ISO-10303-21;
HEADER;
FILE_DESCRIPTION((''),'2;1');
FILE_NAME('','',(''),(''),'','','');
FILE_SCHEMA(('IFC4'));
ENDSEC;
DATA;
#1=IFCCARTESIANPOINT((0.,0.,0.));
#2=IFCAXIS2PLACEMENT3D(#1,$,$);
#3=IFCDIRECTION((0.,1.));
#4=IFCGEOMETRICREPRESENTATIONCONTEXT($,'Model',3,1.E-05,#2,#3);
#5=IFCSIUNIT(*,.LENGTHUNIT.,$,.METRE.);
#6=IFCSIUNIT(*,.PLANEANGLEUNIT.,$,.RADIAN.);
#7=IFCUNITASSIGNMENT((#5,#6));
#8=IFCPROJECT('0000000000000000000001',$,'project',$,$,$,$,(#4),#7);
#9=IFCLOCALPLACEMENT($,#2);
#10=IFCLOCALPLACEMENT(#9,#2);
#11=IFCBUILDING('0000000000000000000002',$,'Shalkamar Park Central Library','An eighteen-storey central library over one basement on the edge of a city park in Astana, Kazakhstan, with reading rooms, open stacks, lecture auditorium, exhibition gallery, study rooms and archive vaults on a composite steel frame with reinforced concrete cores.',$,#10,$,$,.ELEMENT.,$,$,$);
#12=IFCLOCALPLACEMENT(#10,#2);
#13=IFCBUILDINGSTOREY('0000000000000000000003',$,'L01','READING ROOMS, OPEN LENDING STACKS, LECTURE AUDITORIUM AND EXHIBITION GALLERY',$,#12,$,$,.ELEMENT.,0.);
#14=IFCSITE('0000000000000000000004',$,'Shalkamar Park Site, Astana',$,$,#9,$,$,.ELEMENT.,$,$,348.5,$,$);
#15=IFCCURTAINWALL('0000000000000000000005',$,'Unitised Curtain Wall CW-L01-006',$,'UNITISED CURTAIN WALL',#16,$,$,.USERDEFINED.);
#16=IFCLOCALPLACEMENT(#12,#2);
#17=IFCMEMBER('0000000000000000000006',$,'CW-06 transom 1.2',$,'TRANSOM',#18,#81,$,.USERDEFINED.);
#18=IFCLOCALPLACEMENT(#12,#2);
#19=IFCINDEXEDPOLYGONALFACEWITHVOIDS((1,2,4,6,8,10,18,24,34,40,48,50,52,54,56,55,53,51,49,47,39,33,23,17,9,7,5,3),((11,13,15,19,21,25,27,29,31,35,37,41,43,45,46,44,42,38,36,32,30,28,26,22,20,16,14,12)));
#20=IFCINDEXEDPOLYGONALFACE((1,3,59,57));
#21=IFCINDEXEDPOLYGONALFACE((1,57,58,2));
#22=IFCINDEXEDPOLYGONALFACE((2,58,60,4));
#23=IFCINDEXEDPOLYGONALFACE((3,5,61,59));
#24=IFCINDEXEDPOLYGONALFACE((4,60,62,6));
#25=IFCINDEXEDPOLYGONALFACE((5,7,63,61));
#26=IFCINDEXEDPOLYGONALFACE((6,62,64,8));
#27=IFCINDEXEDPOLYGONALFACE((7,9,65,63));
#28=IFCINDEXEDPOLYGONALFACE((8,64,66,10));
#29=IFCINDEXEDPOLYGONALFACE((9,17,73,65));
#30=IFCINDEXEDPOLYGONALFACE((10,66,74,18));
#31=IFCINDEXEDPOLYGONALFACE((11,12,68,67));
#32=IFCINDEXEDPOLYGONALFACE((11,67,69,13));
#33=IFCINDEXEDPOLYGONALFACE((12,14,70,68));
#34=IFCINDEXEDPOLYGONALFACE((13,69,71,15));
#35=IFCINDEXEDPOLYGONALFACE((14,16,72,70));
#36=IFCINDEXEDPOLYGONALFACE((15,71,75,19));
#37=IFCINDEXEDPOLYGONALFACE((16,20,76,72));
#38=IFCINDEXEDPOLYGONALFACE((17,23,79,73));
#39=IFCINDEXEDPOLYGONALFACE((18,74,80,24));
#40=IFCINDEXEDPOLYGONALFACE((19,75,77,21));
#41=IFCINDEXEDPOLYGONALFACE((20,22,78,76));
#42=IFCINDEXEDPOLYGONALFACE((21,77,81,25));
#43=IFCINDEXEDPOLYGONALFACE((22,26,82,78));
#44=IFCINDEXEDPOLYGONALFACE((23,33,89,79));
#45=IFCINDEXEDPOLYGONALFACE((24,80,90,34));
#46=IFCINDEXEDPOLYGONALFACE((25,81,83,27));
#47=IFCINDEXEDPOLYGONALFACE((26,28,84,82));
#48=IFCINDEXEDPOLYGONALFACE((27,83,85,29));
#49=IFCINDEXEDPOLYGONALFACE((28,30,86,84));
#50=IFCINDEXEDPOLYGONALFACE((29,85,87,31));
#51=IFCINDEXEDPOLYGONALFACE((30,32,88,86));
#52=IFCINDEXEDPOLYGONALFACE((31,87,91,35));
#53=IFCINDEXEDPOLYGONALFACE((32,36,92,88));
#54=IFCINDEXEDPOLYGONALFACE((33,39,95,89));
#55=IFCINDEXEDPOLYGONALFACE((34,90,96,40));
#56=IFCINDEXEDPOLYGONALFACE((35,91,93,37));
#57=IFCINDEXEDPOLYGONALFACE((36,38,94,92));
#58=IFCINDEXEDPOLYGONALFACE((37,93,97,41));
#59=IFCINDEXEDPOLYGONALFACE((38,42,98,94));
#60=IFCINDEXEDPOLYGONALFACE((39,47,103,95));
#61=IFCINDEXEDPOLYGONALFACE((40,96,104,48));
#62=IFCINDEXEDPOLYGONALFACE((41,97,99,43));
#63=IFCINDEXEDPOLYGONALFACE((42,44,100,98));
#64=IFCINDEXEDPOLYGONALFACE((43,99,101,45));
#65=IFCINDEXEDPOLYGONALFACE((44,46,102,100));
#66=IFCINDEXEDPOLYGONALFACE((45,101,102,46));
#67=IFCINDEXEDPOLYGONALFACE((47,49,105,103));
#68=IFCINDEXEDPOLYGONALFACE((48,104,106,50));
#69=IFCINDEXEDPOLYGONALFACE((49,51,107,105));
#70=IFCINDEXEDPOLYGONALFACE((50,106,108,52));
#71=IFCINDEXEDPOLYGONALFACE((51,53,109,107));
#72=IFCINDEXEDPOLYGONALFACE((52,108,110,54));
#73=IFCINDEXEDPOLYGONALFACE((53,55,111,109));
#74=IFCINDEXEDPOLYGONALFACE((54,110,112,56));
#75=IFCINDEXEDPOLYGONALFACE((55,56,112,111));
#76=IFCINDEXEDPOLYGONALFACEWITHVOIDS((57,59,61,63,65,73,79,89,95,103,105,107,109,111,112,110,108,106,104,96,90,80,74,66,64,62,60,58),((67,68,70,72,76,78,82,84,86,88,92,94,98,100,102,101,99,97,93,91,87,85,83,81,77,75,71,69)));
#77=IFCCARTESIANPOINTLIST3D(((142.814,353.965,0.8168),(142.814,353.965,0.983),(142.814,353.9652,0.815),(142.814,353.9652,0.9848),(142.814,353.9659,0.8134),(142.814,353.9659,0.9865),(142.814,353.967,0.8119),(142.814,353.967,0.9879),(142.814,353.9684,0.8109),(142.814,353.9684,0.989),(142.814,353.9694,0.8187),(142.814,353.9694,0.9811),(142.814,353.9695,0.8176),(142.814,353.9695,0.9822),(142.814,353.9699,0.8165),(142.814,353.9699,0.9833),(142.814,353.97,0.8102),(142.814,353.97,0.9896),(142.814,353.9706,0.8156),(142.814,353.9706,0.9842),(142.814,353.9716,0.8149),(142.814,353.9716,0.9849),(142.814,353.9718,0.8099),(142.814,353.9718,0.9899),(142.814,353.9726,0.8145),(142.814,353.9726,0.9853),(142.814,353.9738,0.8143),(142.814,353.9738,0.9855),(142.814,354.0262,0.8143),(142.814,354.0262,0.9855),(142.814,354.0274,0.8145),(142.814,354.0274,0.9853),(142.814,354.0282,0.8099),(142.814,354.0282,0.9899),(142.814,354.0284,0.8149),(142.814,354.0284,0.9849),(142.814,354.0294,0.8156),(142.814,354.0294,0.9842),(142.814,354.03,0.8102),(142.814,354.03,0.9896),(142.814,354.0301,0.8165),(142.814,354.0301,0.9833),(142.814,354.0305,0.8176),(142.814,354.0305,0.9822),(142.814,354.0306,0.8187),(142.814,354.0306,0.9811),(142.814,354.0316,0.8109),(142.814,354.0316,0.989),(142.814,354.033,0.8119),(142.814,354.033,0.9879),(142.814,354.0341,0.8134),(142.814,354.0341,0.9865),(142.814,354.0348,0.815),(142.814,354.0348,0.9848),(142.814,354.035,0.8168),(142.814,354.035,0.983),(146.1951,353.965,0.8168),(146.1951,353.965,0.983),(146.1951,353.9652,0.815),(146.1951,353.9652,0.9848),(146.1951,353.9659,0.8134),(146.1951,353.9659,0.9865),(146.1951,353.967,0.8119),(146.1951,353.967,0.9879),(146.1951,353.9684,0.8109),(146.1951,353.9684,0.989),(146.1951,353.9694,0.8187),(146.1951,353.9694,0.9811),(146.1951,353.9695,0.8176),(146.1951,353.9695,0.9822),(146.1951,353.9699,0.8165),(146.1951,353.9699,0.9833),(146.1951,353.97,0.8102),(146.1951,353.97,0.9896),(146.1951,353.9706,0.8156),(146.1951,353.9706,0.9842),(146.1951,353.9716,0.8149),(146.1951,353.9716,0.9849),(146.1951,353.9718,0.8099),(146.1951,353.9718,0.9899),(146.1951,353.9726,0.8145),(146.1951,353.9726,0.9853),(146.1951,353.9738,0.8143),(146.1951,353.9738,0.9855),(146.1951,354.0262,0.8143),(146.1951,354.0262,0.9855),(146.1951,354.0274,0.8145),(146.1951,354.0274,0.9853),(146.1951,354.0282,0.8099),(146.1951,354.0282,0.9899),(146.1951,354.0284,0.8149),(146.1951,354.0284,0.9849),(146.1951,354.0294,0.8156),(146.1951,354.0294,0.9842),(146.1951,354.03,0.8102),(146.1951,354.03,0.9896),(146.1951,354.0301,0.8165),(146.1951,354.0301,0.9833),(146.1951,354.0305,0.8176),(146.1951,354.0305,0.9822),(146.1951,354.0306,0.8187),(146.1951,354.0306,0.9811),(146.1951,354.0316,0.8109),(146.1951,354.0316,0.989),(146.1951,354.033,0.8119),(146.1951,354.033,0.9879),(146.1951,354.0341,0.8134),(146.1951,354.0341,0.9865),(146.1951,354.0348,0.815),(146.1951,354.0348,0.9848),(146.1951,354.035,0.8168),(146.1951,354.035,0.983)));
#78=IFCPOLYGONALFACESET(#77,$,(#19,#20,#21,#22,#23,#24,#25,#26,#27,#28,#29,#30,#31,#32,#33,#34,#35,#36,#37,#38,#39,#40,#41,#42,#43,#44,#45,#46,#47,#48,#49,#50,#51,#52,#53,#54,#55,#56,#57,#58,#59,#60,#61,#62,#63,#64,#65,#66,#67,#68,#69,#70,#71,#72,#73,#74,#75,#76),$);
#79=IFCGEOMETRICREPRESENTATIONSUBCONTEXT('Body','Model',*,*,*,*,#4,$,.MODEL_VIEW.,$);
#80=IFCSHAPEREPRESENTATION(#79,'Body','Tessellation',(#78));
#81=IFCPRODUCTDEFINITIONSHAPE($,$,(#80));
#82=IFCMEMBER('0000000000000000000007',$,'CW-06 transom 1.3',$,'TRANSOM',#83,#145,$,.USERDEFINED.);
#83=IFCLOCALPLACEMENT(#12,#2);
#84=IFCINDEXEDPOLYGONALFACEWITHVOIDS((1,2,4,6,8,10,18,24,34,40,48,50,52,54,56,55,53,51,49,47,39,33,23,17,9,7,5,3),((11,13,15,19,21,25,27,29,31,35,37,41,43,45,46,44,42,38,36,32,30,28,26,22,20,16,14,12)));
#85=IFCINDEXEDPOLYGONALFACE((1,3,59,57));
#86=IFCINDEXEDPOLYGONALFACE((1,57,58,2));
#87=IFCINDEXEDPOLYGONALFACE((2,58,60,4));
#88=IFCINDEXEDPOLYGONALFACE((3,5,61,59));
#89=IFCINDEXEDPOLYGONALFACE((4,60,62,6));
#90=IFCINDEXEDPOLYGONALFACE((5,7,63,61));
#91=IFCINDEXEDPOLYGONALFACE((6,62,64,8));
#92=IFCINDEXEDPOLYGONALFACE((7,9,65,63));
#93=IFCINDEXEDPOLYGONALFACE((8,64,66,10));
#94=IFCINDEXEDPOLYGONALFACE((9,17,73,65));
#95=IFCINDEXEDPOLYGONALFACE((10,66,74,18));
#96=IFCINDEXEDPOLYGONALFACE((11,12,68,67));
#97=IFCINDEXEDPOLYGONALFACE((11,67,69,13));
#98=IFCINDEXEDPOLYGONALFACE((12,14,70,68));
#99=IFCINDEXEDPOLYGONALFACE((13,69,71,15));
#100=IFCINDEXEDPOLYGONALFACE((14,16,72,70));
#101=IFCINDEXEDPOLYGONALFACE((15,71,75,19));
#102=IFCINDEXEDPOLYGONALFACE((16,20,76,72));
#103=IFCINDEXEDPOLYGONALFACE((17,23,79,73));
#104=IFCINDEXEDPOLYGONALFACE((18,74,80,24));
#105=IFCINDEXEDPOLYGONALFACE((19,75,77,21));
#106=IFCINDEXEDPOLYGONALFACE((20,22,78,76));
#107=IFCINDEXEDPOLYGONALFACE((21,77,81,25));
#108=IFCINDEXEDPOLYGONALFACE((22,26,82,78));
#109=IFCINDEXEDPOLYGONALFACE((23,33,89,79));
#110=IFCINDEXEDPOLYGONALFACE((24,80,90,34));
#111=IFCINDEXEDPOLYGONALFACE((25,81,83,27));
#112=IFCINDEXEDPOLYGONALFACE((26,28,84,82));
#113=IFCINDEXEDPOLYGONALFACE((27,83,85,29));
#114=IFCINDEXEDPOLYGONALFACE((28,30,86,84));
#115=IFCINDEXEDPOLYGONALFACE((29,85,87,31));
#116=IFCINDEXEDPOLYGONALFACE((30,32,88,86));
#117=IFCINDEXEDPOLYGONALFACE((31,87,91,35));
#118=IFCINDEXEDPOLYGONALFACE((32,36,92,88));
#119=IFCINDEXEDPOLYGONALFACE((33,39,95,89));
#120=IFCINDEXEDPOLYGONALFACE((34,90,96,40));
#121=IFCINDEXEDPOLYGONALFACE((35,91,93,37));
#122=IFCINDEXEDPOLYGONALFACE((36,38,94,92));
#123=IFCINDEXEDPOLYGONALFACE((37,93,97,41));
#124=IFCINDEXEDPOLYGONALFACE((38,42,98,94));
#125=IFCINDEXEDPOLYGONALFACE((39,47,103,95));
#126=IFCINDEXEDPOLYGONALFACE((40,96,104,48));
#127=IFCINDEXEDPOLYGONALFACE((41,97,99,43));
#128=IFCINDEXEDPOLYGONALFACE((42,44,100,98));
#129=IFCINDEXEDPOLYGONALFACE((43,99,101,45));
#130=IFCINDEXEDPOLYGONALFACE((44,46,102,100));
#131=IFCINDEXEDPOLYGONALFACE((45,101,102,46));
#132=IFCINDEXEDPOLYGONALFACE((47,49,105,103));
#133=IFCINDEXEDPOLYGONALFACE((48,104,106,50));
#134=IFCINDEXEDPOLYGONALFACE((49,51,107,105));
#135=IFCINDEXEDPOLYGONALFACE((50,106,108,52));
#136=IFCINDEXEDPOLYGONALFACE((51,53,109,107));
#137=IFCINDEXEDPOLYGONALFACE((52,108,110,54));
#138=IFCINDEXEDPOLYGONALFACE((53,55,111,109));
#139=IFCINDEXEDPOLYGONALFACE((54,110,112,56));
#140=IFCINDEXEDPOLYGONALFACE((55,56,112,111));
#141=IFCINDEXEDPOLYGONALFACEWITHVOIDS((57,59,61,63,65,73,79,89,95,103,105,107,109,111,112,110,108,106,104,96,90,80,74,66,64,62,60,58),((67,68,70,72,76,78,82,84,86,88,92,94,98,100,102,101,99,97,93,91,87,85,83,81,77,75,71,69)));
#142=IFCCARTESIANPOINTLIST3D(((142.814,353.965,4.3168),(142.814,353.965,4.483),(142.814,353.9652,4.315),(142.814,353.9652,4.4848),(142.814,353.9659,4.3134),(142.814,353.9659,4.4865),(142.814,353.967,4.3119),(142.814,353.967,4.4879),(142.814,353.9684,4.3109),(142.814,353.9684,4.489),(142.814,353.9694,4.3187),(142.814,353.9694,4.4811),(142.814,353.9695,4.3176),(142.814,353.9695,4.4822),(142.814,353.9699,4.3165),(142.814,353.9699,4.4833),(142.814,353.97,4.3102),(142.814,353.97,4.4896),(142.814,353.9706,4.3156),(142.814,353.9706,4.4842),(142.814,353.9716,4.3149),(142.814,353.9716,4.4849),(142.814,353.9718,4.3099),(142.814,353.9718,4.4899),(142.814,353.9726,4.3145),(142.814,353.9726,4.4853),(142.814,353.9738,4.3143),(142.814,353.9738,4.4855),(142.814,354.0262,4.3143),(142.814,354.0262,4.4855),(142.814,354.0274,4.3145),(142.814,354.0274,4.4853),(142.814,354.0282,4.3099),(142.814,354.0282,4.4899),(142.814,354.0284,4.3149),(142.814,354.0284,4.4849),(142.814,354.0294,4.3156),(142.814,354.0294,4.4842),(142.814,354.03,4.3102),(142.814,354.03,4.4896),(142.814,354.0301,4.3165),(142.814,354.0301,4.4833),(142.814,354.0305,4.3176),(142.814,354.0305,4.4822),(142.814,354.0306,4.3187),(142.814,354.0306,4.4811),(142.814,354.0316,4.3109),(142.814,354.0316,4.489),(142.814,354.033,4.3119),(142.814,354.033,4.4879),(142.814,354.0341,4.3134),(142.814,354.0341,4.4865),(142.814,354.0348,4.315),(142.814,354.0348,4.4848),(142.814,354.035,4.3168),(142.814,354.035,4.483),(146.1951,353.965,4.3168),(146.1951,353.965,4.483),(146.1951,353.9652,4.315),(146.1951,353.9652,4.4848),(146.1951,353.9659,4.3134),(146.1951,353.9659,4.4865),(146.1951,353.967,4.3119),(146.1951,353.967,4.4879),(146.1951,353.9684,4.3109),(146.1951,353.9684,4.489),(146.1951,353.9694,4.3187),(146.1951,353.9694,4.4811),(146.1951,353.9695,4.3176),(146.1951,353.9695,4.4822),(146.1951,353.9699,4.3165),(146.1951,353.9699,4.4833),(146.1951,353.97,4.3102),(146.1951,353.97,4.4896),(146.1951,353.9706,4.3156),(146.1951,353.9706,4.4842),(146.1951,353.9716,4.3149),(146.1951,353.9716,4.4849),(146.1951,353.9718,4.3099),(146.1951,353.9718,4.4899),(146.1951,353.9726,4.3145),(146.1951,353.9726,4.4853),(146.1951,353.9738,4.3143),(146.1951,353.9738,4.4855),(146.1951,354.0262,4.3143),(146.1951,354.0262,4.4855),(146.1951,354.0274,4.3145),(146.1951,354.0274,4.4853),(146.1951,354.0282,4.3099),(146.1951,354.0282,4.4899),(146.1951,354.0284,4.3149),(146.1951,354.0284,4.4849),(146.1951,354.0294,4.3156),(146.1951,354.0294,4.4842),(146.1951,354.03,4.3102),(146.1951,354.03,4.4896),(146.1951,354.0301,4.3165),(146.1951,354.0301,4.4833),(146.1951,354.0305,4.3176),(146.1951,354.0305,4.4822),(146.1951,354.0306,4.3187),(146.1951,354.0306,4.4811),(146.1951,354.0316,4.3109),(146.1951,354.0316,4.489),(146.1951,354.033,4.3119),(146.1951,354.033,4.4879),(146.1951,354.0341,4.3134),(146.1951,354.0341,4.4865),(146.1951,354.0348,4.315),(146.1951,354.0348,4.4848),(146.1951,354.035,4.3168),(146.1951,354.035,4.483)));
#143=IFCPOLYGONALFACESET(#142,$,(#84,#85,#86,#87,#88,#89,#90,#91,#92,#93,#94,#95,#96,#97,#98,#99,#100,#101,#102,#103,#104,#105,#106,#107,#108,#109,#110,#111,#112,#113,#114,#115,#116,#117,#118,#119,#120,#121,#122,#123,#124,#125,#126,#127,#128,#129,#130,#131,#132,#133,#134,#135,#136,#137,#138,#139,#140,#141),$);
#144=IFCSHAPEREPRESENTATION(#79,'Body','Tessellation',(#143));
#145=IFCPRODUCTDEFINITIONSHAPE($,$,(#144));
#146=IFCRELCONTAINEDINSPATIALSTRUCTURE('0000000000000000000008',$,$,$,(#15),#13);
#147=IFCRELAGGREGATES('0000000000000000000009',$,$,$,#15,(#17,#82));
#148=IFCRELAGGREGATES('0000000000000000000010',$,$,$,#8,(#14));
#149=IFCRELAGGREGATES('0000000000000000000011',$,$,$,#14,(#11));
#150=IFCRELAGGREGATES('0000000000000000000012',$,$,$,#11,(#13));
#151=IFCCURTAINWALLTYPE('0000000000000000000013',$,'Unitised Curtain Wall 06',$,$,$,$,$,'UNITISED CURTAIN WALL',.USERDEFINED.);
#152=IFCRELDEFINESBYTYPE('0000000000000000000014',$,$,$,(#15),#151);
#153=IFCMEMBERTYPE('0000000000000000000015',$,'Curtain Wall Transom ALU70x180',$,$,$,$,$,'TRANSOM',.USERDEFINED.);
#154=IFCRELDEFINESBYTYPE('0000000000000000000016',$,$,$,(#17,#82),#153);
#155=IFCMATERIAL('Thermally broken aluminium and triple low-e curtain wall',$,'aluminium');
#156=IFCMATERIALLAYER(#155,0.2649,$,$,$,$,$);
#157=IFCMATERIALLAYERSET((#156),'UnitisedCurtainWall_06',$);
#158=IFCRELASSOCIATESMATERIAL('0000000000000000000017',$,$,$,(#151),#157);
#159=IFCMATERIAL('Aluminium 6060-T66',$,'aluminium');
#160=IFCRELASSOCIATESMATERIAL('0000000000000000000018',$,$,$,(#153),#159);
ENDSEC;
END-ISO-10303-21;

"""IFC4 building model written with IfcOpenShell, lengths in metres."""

from ifc_helpers import new_model, si_unit, direction, frame, origin, origin_2d, place, context, subcontext, project, spatial, hollow_rectangle, extrude, material, layer, layer_set, material_profile, profile_set, type_object, element, aggregate, save


model = new_model("IFC4")

# Units and contexts
model_context = context("Model", 3, precision=1e-05, world=origin(), true_north=direction((0.0, 1.0)))
body_context = subcontext(model_context, "Body", "Model", "MODEL_VIEW")
ifc_project = project(units=[si_unit("LENGTHUNIT", "METRE"), si_unit("PLANEANGLEUNIT", "RADIAN")], contexts=[model_context])

# Site, building, storey
site_placement = place(None, origin())
site = spatial("IfcSite", under=ifc_project, at=site_placement, Name="Shalkamar Park Site, Astana", CompositionType="ELEMENT", RefElevation=348.5)
building_placement = place(site_placement, origin())
building = spatial("IfcBuilding", under=site, at=building_placement, Name="Shalkamar Park Central Library", Description="An eighteen-storey central library over one basement on the edge of a city park in Astana, Kazakhstan, with reading rooms, open stacks, lecture auditorium, exhibition gallery, study rooms and archive vaults on a composite steel frame with reinforced concrete cores.", CompositionType="ELEMENT")
storey_placement = place(building_placement, origin())
storey = spatial("IfcBuildingStorey", under=building, at=storey_placement, Name="L01", Description="READING ROOMS, OPEN LENDING STACKS, LECTURE AUDITORIUM AND EXHIBITION GALLERY", CompositionType="ELEMENT", Elevation=0.0)

# Curtain wall, members
ifc_material_1 = material(Name="Thermally broken aluminium and triple low-e curtain wall", Category="aluminium")
ifc_layer_1 = layer(ifc_material_1, 0.2649)
ifc_layer_set_1 = layer_set([ifc_layer_1], Name="UnitisedCurtainWall_06")
curtain_wall_type = type_object("IfcCurtainWallType", Name="Unitised Curtain Wall 06", ElementType="UNITISED CURTAIN WALL", PredefinedType="USERDEFINED", material=ifc_layer_set_1)
curtain_wall_placement = place(storey_placement, origin())
curtain_wall = element("IfcCurtainWall", 1, at=curtain_wall_placement, inside=storey, type_object=curtain_wall_type, Name="Unitised Curtain Wall CW-L01-006", ObjectType="UNITISED CURTAIN WALL", PredefinedType="USERDEFINED")
ifc_material_2 = material(Name="Aluminium 6060-T66", Category="aluminium")
ifc_material_profile_1 = material_profile(ifc_material_2, hollow_rectangle(XDim=0.0701, YDim=0.1799, WallThickness=0.0044, InnerFilletRadius=0.0044, OuterFilletRadius=0.0068, at=origin_2d()), Name="ALU 70x180x4.5")
ifc_profile_set_1 = profile_set([ifc_material_profile_1], Name="Aluminium 6060-T66")
member_type_1 = type_object("IfcMemberType", Name="Curtain Wall Transom ALU70x180", ElementType="TRANSOM", PredefinedType="USERDEFINED", material=ifc_profile_set_1)
member_1_placement = place(storey_placement, frame((142.814, 354.0, 0.8999), z_axis=(1.0, 0.0, 0.0), x_axis=(0.0, 1.0, 0.0)))
member_1 = element("IfcMember", 2, at=member_1_placement, type_object=member_type_1, Name="CW-06 transom 1.2", ObjectType="TRANSOM", PredefinedType="USERDEFINED", context=body_context, shape_type="SweptSolid", body=[
    extrude(hollow_rectangle(XDim=0.0701, YDim=0.1799, WallThickness=0.0044, InnerFilletRadius=0.0044, OuterFilletRadius=0.0068, at=origin_2d()), origin(), (0.0, 0.0, 1.0), 3.3811),
])
member_2_placement = place(storey_placement, frame((142.814, 354.0, 4.3999), z_axis=(1.0, 0.0, 0.0), x_axis=(0.0, 1.0, 0.0)))
member_2 = element("IfcMember", 3, at=member_2_placement, type_object=member_type_1, Name="CW-06 transom 1.3", ObjectType="TRANSOM", PredefinedType="USERDEFINED", context=body_context, shape_type="SweptSolid", body=[
    extrude(hollow_rectangle(XDim=0.0701, YDim=0.1799, WallThickness=0.0044, InnerFilletRadius=0.0044, OuterFilletRadius=0.0068, at=origin_2d()), origin(), (0.0, 0.0, 1.0), 3.3811),
])

aggregate(curtain_wall, [member_1, member_2])

save(model, "model.ifc")
